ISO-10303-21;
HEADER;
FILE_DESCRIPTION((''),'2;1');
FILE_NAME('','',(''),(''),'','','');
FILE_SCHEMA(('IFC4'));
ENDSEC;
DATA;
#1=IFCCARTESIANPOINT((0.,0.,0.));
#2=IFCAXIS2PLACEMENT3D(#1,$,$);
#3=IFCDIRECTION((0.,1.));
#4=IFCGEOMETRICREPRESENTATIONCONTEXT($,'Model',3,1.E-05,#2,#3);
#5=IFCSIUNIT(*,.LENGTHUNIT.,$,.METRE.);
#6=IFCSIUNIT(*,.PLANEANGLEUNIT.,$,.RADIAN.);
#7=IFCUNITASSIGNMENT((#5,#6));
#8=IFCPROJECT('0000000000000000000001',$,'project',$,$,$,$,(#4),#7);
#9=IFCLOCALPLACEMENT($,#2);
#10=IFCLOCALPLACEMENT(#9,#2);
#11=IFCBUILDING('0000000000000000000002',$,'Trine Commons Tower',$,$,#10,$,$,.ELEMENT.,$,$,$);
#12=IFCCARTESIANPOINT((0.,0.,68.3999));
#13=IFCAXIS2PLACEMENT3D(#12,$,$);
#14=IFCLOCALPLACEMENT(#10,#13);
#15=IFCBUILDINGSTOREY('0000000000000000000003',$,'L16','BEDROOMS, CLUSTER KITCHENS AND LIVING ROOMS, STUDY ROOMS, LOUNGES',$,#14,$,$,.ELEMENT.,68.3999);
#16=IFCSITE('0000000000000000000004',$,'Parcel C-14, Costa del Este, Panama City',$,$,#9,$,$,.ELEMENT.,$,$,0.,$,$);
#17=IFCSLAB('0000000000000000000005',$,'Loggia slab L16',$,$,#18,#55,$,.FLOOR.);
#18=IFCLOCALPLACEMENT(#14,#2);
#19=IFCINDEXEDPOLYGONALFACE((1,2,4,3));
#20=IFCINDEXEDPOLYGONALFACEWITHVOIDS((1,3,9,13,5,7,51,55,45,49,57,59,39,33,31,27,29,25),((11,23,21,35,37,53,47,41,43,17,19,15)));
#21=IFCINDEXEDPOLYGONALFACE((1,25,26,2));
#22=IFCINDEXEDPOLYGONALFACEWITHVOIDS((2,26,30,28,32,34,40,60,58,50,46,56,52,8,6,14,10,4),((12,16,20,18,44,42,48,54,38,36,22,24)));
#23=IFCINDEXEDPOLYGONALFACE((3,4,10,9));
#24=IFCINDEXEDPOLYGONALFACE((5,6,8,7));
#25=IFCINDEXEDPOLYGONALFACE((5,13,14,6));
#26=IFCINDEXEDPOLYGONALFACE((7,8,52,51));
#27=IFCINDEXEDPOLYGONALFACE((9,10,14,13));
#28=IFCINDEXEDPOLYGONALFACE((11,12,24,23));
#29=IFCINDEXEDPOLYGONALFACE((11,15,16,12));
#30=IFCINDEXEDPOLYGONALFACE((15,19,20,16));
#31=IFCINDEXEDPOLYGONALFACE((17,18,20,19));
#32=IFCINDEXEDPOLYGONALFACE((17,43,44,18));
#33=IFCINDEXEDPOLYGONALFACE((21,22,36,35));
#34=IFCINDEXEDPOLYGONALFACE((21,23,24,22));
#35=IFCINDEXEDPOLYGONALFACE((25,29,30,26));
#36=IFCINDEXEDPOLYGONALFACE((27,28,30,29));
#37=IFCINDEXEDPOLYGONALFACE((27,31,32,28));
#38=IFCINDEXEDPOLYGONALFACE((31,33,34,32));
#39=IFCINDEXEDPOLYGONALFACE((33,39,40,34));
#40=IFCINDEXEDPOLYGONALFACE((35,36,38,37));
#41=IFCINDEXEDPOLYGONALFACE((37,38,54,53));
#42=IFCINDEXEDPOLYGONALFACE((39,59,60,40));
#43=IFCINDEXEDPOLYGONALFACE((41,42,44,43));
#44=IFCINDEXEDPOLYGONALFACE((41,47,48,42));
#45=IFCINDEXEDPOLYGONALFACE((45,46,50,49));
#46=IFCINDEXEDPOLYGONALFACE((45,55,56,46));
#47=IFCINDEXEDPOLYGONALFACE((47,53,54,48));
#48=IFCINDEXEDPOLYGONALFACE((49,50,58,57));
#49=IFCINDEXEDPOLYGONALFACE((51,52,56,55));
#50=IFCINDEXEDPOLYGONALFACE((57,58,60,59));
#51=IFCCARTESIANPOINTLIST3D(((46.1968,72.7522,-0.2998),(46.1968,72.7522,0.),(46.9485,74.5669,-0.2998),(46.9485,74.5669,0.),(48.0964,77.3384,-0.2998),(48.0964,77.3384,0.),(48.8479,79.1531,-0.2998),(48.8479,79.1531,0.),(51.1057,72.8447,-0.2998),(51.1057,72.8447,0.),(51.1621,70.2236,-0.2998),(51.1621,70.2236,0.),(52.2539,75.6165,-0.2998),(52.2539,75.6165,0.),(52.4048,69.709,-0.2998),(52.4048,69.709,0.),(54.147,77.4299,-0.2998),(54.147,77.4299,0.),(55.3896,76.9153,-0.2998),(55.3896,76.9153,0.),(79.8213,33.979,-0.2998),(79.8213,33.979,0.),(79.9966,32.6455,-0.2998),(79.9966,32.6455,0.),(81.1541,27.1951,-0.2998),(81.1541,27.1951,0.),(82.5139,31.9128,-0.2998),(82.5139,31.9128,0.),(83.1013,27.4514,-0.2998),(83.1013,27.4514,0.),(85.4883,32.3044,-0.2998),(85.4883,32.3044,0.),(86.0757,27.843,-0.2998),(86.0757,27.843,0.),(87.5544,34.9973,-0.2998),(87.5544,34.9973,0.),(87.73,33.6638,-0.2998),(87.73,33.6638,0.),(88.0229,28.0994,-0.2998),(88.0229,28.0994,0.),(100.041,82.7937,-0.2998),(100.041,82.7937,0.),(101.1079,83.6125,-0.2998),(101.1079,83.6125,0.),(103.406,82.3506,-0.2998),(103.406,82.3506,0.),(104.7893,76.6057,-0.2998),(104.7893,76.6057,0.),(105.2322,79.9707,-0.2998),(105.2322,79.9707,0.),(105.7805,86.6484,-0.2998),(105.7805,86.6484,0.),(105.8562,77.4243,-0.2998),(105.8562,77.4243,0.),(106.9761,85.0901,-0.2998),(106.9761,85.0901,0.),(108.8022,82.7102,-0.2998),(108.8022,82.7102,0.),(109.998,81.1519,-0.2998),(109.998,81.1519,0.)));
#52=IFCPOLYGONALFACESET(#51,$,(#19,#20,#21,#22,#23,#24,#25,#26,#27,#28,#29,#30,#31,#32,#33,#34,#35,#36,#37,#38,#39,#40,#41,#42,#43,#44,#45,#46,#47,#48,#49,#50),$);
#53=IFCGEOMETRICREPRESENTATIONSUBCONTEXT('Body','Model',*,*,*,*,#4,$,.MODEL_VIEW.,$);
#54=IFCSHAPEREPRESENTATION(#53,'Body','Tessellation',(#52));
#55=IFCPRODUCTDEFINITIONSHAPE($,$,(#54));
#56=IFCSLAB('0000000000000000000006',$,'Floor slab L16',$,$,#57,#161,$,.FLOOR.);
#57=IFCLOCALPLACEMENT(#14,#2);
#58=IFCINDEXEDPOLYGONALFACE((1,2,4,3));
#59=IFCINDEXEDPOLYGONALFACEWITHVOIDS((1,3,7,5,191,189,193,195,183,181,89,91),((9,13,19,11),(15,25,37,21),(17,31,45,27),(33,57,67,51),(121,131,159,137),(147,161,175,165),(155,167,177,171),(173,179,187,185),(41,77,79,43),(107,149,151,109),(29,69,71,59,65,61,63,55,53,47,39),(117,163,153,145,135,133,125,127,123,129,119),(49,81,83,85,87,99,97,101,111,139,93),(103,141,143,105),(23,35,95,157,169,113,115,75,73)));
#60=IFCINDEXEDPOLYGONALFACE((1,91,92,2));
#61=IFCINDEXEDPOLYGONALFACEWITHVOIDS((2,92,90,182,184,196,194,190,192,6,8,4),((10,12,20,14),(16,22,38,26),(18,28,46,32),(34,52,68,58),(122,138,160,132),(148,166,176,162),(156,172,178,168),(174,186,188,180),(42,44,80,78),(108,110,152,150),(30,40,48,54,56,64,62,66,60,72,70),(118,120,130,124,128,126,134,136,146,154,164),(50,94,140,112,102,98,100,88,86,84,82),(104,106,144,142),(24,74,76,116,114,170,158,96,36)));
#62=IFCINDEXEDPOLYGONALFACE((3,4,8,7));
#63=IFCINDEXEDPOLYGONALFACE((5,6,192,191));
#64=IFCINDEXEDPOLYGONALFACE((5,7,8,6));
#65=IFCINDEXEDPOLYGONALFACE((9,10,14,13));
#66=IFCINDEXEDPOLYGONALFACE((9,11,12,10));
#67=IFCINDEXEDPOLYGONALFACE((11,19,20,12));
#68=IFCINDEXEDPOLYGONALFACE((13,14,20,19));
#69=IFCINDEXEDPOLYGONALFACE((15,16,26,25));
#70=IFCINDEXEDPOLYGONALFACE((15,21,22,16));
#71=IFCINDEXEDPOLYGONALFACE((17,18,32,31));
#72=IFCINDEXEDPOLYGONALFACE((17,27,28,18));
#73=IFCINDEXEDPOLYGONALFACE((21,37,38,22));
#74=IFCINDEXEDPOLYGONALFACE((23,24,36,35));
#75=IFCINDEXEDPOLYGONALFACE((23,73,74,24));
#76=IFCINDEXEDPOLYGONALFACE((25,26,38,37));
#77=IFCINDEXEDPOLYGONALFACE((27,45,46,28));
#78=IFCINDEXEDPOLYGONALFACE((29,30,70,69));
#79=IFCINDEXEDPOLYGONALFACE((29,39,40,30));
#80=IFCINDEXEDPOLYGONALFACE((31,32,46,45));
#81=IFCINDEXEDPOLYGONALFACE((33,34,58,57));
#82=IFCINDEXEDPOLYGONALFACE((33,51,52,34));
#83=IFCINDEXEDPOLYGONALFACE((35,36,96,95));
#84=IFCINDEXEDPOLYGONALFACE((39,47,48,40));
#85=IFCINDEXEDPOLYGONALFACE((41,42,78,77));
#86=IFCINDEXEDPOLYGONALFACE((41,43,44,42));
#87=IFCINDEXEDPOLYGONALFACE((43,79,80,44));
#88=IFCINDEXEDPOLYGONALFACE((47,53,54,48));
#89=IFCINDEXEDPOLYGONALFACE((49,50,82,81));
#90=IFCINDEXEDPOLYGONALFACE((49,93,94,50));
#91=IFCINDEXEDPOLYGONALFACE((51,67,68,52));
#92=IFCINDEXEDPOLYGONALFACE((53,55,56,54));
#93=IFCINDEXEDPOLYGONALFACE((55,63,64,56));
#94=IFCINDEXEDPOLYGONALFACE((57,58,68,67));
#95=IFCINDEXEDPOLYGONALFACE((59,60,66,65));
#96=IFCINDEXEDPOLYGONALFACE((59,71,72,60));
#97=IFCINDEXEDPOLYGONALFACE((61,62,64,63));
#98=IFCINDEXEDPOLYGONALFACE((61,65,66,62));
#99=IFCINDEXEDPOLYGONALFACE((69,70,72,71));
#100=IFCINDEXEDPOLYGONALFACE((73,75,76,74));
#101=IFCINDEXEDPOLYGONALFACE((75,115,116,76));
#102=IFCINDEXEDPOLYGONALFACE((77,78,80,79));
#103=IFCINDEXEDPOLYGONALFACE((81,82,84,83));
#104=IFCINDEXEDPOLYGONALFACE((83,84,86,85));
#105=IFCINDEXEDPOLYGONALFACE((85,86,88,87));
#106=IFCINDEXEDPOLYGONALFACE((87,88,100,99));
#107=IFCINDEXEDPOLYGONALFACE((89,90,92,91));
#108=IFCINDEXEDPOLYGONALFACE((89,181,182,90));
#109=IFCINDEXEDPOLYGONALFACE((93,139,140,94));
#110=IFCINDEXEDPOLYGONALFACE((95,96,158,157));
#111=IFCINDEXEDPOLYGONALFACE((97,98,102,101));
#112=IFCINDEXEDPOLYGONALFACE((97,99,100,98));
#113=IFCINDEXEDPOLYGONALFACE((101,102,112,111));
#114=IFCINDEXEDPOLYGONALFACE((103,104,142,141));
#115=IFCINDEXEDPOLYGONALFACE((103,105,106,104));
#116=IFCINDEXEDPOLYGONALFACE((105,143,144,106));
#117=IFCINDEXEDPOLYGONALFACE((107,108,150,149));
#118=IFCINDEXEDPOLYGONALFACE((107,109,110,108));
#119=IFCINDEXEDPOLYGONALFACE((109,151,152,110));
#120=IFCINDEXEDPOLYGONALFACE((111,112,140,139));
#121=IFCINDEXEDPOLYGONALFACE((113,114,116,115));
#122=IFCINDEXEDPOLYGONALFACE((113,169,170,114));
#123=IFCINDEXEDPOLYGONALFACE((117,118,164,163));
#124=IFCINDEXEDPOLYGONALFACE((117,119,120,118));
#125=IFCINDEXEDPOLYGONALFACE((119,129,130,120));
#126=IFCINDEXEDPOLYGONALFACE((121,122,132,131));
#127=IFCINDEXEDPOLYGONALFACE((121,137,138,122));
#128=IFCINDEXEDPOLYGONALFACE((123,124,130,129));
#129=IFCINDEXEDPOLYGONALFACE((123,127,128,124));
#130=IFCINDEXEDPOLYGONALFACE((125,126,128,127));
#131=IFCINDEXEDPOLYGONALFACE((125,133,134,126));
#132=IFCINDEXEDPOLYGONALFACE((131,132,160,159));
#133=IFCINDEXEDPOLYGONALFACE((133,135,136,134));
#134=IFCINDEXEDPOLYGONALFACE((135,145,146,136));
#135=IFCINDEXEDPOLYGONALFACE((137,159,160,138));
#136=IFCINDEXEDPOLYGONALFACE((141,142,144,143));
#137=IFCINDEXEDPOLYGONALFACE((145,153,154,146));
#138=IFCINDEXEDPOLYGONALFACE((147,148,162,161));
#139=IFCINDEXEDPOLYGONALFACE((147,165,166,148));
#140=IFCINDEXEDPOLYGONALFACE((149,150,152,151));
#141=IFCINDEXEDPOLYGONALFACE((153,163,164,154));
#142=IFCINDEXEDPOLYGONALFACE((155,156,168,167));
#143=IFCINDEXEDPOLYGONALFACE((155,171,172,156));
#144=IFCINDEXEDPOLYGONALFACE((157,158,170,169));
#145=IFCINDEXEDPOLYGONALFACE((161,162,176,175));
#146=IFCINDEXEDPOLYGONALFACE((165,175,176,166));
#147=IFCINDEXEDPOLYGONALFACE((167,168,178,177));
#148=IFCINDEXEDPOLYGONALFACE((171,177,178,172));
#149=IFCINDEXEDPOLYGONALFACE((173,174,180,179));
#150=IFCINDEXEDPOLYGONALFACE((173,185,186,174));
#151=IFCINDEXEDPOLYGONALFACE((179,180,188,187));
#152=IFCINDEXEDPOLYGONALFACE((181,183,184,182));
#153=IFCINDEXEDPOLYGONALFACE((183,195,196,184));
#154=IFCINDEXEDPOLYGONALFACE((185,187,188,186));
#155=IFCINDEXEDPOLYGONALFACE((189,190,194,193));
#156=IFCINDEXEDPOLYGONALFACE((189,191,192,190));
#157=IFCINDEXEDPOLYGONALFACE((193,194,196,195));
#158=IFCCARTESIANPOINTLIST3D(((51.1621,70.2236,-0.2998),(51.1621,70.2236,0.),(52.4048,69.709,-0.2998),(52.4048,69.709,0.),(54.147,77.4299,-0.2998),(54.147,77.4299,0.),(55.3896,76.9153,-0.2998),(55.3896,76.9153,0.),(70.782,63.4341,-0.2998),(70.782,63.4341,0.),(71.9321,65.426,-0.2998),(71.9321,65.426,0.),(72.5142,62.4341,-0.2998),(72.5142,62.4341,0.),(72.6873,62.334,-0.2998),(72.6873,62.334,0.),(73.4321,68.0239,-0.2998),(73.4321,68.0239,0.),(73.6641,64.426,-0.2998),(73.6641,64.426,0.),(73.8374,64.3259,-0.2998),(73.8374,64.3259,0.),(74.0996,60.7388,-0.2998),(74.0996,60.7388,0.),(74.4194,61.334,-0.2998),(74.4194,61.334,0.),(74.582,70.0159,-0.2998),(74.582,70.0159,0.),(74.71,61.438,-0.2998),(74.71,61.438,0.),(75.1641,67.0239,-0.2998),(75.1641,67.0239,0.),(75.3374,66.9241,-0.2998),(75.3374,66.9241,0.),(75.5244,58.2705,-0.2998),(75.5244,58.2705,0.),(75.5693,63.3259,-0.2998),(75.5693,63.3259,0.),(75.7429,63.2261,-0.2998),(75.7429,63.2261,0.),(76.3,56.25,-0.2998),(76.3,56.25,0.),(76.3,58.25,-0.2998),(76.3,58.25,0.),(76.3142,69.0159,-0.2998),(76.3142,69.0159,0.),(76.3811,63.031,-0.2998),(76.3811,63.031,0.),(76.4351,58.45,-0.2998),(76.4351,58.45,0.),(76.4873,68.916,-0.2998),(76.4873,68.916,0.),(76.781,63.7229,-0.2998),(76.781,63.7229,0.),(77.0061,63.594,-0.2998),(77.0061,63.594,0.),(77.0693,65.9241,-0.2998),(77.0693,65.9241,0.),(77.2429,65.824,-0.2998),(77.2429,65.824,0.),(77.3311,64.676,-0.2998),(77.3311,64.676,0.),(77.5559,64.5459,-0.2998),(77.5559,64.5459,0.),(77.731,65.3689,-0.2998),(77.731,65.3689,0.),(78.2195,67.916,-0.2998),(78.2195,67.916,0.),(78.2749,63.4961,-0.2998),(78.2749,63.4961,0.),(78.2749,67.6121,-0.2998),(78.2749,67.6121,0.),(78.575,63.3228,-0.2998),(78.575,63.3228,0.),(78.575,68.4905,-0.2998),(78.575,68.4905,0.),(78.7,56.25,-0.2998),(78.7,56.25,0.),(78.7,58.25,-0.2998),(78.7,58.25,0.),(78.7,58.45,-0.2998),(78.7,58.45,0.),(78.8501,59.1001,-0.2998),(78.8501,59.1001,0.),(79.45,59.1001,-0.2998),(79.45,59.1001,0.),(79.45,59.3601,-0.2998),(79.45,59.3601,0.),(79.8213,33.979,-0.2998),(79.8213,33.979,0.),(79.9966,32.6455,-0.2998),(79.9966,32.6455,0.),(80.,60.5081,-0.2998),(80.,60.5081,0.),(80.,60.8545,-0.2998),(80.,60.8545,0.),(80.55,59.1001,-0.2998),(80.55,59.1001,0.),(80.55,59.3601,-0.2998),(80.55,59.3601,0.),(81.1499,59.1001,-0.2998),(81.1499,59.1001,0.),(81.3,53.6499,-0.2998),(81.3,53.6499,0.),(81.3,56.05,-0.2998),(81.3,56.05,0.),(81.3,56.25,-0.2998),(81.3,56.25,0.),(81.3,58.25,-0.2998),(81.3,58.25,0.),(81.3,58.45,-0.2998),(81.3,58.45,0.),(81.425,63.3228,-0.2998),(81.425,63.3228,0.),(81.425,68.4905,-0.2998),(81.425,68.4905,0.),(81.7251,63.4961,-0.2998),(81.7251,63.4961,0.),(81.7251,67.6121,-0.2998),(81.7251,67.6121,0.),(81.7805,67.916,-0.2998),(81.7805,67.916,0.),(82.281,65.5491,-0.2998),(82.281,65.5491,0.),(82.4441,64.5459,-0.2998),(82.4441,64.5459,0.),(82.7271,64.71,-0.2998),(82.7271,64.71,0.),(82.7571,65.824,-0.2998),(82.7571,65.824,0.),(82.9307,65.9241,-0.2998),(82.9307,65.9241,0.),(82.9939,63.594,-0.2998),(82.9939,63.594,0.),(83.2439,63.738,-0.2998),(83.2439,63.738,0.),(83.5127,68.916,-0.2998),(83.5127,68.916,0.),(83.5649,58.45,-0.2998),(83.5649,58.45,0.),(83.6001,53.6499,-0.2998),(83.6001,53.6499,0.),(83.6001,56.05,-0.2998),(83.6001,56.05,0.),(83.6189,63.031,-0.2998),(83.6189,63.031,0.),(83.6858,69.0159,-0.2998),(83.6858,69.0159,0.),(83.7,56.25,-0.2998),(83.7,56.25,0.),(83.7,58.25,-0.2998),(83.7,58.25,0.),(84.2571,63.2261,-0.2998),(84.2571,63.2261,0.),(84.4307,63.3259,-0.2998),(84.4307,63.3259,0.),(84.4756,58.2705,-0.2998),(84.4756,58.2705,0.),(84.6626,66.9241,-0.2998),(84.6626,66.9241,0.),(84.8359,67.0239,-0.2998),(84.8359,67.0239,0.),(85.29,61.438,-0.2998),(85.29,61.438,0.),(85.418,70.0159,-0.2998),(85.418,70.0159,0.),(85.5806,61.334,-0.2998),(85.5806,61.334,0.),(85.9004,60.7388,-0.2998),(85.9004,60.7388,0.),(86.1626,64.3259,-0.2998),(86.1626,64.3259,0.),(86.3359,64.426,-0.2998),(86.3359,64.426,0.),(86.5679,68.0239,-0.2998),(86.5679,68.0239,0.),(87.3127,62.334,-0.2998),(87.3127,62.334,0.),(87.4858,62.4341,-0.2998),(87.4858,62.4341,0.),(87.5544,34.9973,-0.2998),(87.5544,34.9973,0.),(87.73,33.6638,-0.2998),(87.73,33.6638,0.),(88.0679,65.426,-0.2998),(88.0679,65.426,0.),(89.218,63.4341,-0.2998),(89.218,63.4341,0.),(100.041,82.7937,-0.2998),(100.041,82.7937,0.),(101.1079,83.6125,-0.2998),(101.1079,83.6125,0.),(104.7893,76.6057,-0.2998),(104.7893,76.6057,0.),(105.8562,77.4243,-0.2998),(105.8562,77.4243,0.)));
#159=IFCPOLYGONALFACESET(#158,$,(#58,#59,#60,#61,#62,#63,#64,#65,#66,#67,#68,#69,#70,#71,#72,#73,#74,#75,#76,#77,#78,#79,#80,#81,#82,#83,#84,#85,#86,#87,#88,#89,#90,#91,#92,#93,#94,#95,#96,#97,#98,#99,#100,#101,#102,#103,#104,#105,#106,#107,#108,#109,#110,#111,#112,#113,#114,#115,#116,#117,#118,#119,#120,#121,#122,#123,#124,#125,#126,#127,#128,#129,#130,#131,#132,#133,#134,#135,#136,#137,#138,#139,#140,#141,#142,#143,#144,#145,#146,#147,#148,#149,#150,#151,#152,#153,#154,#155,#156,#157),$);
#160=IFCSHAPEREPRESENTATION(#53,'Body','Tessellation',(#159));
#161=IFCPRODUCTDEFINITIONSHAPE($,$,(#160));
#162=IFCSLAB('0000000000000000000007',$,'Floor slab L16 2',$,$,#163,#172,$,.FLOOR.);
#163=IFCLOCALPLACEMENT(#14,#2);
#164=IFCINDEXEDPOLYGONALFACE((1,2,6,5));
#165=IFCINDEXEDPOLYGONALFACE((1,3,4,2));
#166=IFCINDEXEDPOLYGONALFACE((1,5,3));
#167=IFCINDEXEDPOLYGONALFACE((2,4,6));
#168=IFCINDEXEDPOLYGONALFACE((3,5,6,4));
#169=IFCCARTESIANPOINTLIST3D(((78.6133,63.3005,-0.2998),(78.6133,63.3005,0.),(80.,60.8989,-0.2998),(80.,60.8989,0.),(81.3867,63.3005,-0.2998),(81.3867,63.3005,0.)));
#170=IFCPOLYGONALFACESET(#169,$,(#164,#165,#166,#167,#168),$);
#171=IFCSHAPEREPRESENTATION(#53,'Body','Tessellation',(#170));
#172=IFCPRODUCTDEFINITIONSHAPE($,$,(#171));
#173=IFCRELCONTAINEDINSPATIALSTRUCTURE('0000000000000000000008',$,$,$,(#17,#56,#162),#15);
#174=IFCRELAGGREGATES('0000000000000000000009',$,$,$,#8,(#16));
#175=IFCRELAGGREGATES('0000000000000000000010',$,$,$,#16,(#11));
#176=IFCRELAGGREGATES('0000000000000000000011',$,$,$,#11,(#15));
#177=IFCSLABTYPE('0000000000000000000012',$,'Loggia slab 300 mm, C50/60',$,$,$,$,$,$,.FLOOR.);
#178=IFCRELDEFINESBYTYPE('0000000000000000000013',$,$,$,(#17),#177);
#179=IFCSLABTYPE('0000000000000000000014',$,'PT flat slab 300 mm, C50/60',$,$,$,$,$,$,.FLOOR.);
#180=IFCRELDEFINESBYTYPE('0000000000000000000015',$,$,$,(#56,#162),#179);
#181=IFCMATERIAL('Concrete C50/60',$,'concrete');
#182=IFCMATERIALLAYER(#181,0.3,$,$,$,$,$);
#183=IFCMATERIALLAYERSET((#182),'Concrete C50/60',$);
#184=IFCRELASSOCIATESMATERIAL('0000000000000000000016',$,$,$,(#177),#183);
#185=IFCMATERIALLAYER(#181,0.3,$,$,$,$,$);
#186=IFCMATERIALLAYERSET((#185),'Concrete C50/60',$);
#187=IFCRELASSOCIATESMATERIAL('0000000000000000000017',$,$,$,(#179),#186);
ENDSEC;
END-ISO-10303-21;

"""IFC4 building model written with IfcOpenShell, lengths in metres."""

from ifc_helpers import new_model, si_unit, direction, frame, origin, place, context, subcontext, project, spatial, polyline, outline, extrude, material, layer, layer_set, type_object, element, save


model = new_model("IFC4")

# Units and contexts
model_context = context("Model", 3, precision=1e-05, world=origin(), true_north=direction((0.0, 1.0)))
body_context = subcontext(model_context, "Body", "Model", "MODEL_VIEW")
ifc_project = project(units=[si_unit("LENGTHUNIT", "METRE"), si_unit("PLANEANGLEUNIT", "RADIAN")], contexts=[model_context])

# Site, building, storey
site_placement = place(None, origin())
site = spatial("IfcSite", under=ifc_project, at=site_placement, Name="Parcel C-14, Costa del Este, Panama City", CompositionType="ELEMENT", RefElevation=0.0)
building_placement = place(site_placement, origin())
building = spatial("IfcBuilding", under=site, at=building_placement, Name="Trine Commons Tower", CompositionType="ELEMENT")
storey_placement = place(building_placement, frame((0.0, 0.0, 68.3999)))
storey = spatial("IfcBuildingStorey", under=building, at=storey_placement, Name="L16", Description="BEDROOMS, CLUSTER KITCHENS AND LIVING ROOMS, STUDY ROOMS, LOUNGES", CompositionType="ELEMENT", Elevation=68.3999)

# Slabs
ifc_material_1 = material(Name="Concrete C50/60", Category="concrete")
ifc_layer_1 = layer(ifc_material_1, 0.3)
ifc_layer_set_1 = layer_set([ifc_layer_1], Name="Concrete C50/60")
slab_type_1 = type_object("IfcSlabType", Name="Loggia slab 300 mm, C50/60", PredefinedType="FLOOR", material=ifc_layer_set_1)
slab_1_placement = place(storey_placement, frame((0.0, 0.0, -0.2998)))
element("IfcSlab", 1, at=slab_1_placement, inside=storey, type_object=slab_type_1, Name="Loggia slab L16", PredefinedType="FLOOR", context=body_context, shape_type="SweptSolid", body=[
    extrude(outline(polyline([(88.0229, 28.0994), (109.998, 81.1519), (108.8022, 82.7102), (105.2322, 79.9707), (103.406, 82.3506), (106.9761, 85.0901), (105.7805, 86.6484), (48.8479, 79.1531), (48.0964, 77.3384), (52.2539, 75.6165), (51.1057, 72.8447), (46.9485, 74.5669), (46.1968, 72.7522), (81.1541, 27.1951), (83.1013, 27.4514), (82.5139, 31.9128), (85.4883, 32.3044), (86.0757, 27.843), (88.0229, 28.0994)]), holes=[polyline([(79.9966, 32.6455), (79.8213, 33.979), (87.5544, 34.9973), (87.73, 33.6638), (105.8562, 77.4243), (104.7893, 76.6057), (100.041, 82.7937), (101.1079, 83.6125), (54.147, 77.4299), (55.3896, 76.9153), (52.4048, 69.709), (51.1621, 70.2236), (79.9966, 32.6455)])]), origin(), (0.0, 0.0, 1.0), 0.2998),
])
ifc_layer_2 = layer(ifc_material_1, 0.3)
ifc_layer_set_2 = layer_set([ifc_layer_2], Name="Concrete C50/60")
slab_type_2 = type_object("IfcSlabType", Name="PT flat slab 300 mm, C50/60", PredefinedType="FLOOR", material=ifc_layer_set_2)
slab_2_placement = place(storey_placement, frame((0.0, 0.0, -0.2998)))
element("IfcSlab", 2, at=slab_2_placement, inside=storey, type_object=slab_type_2, Name="Floor slab L16", PredefinedType="FLOOR", context=body_context, shape_type="SweptSolid", body=[
    extrude(outline(polyline([(51.1621, 70.2236), (79.9966, 32.6455), (79.8213, 33.979), (87.5544, 34.9973), (87.73, 33.6638), (105.8562, 77.4243), (104.7893, 76.6057), (100.041, 82.7937), (101.1079, 83.6125), (54.147, 77.4299), (55.3896, 76.9153), (52.4048, 69.709), (51.1621, 70.2236)]), holes=[polyline([(76.3, 56.25), (78.7, 56.25), (78.7, 58.25), (76.3, 58.25), (76.3, 56.25)]), polyline([(81.1499, 59.1001), (81.3, 58.45), (83.5649, 58.45), (80.0, 60.5081), (76.4351, 58.45), (78.7, 58.45), (78.8501, 59.1001), (79.45, 59.1001), (79.45, 59.3601), (80.55, 59.3601), (80.55, 59.1001), (81.1499, 59.1001)]), polyline([(80.0, 60.8545), (84.4756, 58.2705), (85.9004, 60.7388), (81.425, 63.3228), (81.425, 68.4905), (78.575, 68.4905), (78.575, 63.3228), (74.0996, 60.7388), (75.5244, 58.2705), (80.0, 60.8545)]), polyline([(73.8374, 64.3259), (72.6873, 62.334), (74.4194, 61.334), (75.5693, 63.3259), (73.8374, 64.3259)]), polyline([(71.9321, 65.426), (70.782, 63.4341), (72.5142, 62.4341), (73.6641, 64.426), (71.9321, 65.426)]), polyline([(76.781, 63.7229), (76.3811, 63.031), (75.7429, 63.2261), (74.71, 61.438), (78.2749, 63.4961), (78.2749, 67.6121), (77.2429, 65.824), (77.731, 65.3689), (77.3311, 64.676), (77.5559, 64.5459), (77.0061, 63.594), (76.781, 63.7229)]), polyline([(76.4873, 68.916), (75.3374, 66.9241), (77.0693, 65.9241), (78.2195, 67.916), (76.4873, 68.916)]), polyline([(74.582, 70.0159), (73.4321, 68.0239), (75.1641, 67.0239), (76.3142, 69.0159), (74.582, 70.0159)]), polyline([(81.3, 53.6499), (83.6001, 53.6499), (83.6001, 56.05), (81.3, 56.05), (81.3, 53.6499)]), polyline([(81.3, 56.25), (83.7, 56.25), (83.7, 58.25), (81.3, 58.25), (81.3, 56.25)]), polyline([(87.3127, 62.334), (86.1626, 64.3259), (84.4307, 63.3259), (85.5806, 61.334), (87.3127, 62.334)]), polyline([(89.218, 63.4341), (88.0679, 65.426), (86.3359, 64.426), (87.4858, 62.4341), (89.218, 63.4341)]), polyline([(83.2439, 63.738), (82.9939, 63.594), (82.4441, 64.5459), (82.7271, 64.71), (82.281, 65.5491), (82.7571, 65.824), (81.7251, 67.6121), (81.7251, 63.4961), (85.29, 61.438), (84.2571, 63.2261), (83.6189, 63.031), (83.2439, 63.738)]), polyline([(82.9307, 65.9241), (84.6626, 66.9241), (83.5127, 68.916), (81.7805, 67.916), (82.9307, 65.9241)]), polyline([(84.8359, 67.0239), (86.5679, 68.0239), (85.418, 70.0159), (83.6858, 69.0159), (84.8359, 67.0239)])]), origin(), (0.0, 0.0, 1.0), 0.2998),
])
slab_3_placement = place(storey_placement, frame((0.0, 0.0, -0.2998)))
element("IfcSlab", 3, at=slab_3_placement, inside=storey, type_object=slab_type_2, Name="Floor slab L16 2", PredefinedType="FLOOR", context=body_context, shape_type="SweptSolid", body=[
    extrude(outline(polyline([(78.6133, 63.3005), (80.0, 60.8989), (81.3867, 63.3005), (78.6133, 63.3005)])), origin(), (0.0, 0.0, 1.0), 0.2998),
])

save(model, "model.ifc")
